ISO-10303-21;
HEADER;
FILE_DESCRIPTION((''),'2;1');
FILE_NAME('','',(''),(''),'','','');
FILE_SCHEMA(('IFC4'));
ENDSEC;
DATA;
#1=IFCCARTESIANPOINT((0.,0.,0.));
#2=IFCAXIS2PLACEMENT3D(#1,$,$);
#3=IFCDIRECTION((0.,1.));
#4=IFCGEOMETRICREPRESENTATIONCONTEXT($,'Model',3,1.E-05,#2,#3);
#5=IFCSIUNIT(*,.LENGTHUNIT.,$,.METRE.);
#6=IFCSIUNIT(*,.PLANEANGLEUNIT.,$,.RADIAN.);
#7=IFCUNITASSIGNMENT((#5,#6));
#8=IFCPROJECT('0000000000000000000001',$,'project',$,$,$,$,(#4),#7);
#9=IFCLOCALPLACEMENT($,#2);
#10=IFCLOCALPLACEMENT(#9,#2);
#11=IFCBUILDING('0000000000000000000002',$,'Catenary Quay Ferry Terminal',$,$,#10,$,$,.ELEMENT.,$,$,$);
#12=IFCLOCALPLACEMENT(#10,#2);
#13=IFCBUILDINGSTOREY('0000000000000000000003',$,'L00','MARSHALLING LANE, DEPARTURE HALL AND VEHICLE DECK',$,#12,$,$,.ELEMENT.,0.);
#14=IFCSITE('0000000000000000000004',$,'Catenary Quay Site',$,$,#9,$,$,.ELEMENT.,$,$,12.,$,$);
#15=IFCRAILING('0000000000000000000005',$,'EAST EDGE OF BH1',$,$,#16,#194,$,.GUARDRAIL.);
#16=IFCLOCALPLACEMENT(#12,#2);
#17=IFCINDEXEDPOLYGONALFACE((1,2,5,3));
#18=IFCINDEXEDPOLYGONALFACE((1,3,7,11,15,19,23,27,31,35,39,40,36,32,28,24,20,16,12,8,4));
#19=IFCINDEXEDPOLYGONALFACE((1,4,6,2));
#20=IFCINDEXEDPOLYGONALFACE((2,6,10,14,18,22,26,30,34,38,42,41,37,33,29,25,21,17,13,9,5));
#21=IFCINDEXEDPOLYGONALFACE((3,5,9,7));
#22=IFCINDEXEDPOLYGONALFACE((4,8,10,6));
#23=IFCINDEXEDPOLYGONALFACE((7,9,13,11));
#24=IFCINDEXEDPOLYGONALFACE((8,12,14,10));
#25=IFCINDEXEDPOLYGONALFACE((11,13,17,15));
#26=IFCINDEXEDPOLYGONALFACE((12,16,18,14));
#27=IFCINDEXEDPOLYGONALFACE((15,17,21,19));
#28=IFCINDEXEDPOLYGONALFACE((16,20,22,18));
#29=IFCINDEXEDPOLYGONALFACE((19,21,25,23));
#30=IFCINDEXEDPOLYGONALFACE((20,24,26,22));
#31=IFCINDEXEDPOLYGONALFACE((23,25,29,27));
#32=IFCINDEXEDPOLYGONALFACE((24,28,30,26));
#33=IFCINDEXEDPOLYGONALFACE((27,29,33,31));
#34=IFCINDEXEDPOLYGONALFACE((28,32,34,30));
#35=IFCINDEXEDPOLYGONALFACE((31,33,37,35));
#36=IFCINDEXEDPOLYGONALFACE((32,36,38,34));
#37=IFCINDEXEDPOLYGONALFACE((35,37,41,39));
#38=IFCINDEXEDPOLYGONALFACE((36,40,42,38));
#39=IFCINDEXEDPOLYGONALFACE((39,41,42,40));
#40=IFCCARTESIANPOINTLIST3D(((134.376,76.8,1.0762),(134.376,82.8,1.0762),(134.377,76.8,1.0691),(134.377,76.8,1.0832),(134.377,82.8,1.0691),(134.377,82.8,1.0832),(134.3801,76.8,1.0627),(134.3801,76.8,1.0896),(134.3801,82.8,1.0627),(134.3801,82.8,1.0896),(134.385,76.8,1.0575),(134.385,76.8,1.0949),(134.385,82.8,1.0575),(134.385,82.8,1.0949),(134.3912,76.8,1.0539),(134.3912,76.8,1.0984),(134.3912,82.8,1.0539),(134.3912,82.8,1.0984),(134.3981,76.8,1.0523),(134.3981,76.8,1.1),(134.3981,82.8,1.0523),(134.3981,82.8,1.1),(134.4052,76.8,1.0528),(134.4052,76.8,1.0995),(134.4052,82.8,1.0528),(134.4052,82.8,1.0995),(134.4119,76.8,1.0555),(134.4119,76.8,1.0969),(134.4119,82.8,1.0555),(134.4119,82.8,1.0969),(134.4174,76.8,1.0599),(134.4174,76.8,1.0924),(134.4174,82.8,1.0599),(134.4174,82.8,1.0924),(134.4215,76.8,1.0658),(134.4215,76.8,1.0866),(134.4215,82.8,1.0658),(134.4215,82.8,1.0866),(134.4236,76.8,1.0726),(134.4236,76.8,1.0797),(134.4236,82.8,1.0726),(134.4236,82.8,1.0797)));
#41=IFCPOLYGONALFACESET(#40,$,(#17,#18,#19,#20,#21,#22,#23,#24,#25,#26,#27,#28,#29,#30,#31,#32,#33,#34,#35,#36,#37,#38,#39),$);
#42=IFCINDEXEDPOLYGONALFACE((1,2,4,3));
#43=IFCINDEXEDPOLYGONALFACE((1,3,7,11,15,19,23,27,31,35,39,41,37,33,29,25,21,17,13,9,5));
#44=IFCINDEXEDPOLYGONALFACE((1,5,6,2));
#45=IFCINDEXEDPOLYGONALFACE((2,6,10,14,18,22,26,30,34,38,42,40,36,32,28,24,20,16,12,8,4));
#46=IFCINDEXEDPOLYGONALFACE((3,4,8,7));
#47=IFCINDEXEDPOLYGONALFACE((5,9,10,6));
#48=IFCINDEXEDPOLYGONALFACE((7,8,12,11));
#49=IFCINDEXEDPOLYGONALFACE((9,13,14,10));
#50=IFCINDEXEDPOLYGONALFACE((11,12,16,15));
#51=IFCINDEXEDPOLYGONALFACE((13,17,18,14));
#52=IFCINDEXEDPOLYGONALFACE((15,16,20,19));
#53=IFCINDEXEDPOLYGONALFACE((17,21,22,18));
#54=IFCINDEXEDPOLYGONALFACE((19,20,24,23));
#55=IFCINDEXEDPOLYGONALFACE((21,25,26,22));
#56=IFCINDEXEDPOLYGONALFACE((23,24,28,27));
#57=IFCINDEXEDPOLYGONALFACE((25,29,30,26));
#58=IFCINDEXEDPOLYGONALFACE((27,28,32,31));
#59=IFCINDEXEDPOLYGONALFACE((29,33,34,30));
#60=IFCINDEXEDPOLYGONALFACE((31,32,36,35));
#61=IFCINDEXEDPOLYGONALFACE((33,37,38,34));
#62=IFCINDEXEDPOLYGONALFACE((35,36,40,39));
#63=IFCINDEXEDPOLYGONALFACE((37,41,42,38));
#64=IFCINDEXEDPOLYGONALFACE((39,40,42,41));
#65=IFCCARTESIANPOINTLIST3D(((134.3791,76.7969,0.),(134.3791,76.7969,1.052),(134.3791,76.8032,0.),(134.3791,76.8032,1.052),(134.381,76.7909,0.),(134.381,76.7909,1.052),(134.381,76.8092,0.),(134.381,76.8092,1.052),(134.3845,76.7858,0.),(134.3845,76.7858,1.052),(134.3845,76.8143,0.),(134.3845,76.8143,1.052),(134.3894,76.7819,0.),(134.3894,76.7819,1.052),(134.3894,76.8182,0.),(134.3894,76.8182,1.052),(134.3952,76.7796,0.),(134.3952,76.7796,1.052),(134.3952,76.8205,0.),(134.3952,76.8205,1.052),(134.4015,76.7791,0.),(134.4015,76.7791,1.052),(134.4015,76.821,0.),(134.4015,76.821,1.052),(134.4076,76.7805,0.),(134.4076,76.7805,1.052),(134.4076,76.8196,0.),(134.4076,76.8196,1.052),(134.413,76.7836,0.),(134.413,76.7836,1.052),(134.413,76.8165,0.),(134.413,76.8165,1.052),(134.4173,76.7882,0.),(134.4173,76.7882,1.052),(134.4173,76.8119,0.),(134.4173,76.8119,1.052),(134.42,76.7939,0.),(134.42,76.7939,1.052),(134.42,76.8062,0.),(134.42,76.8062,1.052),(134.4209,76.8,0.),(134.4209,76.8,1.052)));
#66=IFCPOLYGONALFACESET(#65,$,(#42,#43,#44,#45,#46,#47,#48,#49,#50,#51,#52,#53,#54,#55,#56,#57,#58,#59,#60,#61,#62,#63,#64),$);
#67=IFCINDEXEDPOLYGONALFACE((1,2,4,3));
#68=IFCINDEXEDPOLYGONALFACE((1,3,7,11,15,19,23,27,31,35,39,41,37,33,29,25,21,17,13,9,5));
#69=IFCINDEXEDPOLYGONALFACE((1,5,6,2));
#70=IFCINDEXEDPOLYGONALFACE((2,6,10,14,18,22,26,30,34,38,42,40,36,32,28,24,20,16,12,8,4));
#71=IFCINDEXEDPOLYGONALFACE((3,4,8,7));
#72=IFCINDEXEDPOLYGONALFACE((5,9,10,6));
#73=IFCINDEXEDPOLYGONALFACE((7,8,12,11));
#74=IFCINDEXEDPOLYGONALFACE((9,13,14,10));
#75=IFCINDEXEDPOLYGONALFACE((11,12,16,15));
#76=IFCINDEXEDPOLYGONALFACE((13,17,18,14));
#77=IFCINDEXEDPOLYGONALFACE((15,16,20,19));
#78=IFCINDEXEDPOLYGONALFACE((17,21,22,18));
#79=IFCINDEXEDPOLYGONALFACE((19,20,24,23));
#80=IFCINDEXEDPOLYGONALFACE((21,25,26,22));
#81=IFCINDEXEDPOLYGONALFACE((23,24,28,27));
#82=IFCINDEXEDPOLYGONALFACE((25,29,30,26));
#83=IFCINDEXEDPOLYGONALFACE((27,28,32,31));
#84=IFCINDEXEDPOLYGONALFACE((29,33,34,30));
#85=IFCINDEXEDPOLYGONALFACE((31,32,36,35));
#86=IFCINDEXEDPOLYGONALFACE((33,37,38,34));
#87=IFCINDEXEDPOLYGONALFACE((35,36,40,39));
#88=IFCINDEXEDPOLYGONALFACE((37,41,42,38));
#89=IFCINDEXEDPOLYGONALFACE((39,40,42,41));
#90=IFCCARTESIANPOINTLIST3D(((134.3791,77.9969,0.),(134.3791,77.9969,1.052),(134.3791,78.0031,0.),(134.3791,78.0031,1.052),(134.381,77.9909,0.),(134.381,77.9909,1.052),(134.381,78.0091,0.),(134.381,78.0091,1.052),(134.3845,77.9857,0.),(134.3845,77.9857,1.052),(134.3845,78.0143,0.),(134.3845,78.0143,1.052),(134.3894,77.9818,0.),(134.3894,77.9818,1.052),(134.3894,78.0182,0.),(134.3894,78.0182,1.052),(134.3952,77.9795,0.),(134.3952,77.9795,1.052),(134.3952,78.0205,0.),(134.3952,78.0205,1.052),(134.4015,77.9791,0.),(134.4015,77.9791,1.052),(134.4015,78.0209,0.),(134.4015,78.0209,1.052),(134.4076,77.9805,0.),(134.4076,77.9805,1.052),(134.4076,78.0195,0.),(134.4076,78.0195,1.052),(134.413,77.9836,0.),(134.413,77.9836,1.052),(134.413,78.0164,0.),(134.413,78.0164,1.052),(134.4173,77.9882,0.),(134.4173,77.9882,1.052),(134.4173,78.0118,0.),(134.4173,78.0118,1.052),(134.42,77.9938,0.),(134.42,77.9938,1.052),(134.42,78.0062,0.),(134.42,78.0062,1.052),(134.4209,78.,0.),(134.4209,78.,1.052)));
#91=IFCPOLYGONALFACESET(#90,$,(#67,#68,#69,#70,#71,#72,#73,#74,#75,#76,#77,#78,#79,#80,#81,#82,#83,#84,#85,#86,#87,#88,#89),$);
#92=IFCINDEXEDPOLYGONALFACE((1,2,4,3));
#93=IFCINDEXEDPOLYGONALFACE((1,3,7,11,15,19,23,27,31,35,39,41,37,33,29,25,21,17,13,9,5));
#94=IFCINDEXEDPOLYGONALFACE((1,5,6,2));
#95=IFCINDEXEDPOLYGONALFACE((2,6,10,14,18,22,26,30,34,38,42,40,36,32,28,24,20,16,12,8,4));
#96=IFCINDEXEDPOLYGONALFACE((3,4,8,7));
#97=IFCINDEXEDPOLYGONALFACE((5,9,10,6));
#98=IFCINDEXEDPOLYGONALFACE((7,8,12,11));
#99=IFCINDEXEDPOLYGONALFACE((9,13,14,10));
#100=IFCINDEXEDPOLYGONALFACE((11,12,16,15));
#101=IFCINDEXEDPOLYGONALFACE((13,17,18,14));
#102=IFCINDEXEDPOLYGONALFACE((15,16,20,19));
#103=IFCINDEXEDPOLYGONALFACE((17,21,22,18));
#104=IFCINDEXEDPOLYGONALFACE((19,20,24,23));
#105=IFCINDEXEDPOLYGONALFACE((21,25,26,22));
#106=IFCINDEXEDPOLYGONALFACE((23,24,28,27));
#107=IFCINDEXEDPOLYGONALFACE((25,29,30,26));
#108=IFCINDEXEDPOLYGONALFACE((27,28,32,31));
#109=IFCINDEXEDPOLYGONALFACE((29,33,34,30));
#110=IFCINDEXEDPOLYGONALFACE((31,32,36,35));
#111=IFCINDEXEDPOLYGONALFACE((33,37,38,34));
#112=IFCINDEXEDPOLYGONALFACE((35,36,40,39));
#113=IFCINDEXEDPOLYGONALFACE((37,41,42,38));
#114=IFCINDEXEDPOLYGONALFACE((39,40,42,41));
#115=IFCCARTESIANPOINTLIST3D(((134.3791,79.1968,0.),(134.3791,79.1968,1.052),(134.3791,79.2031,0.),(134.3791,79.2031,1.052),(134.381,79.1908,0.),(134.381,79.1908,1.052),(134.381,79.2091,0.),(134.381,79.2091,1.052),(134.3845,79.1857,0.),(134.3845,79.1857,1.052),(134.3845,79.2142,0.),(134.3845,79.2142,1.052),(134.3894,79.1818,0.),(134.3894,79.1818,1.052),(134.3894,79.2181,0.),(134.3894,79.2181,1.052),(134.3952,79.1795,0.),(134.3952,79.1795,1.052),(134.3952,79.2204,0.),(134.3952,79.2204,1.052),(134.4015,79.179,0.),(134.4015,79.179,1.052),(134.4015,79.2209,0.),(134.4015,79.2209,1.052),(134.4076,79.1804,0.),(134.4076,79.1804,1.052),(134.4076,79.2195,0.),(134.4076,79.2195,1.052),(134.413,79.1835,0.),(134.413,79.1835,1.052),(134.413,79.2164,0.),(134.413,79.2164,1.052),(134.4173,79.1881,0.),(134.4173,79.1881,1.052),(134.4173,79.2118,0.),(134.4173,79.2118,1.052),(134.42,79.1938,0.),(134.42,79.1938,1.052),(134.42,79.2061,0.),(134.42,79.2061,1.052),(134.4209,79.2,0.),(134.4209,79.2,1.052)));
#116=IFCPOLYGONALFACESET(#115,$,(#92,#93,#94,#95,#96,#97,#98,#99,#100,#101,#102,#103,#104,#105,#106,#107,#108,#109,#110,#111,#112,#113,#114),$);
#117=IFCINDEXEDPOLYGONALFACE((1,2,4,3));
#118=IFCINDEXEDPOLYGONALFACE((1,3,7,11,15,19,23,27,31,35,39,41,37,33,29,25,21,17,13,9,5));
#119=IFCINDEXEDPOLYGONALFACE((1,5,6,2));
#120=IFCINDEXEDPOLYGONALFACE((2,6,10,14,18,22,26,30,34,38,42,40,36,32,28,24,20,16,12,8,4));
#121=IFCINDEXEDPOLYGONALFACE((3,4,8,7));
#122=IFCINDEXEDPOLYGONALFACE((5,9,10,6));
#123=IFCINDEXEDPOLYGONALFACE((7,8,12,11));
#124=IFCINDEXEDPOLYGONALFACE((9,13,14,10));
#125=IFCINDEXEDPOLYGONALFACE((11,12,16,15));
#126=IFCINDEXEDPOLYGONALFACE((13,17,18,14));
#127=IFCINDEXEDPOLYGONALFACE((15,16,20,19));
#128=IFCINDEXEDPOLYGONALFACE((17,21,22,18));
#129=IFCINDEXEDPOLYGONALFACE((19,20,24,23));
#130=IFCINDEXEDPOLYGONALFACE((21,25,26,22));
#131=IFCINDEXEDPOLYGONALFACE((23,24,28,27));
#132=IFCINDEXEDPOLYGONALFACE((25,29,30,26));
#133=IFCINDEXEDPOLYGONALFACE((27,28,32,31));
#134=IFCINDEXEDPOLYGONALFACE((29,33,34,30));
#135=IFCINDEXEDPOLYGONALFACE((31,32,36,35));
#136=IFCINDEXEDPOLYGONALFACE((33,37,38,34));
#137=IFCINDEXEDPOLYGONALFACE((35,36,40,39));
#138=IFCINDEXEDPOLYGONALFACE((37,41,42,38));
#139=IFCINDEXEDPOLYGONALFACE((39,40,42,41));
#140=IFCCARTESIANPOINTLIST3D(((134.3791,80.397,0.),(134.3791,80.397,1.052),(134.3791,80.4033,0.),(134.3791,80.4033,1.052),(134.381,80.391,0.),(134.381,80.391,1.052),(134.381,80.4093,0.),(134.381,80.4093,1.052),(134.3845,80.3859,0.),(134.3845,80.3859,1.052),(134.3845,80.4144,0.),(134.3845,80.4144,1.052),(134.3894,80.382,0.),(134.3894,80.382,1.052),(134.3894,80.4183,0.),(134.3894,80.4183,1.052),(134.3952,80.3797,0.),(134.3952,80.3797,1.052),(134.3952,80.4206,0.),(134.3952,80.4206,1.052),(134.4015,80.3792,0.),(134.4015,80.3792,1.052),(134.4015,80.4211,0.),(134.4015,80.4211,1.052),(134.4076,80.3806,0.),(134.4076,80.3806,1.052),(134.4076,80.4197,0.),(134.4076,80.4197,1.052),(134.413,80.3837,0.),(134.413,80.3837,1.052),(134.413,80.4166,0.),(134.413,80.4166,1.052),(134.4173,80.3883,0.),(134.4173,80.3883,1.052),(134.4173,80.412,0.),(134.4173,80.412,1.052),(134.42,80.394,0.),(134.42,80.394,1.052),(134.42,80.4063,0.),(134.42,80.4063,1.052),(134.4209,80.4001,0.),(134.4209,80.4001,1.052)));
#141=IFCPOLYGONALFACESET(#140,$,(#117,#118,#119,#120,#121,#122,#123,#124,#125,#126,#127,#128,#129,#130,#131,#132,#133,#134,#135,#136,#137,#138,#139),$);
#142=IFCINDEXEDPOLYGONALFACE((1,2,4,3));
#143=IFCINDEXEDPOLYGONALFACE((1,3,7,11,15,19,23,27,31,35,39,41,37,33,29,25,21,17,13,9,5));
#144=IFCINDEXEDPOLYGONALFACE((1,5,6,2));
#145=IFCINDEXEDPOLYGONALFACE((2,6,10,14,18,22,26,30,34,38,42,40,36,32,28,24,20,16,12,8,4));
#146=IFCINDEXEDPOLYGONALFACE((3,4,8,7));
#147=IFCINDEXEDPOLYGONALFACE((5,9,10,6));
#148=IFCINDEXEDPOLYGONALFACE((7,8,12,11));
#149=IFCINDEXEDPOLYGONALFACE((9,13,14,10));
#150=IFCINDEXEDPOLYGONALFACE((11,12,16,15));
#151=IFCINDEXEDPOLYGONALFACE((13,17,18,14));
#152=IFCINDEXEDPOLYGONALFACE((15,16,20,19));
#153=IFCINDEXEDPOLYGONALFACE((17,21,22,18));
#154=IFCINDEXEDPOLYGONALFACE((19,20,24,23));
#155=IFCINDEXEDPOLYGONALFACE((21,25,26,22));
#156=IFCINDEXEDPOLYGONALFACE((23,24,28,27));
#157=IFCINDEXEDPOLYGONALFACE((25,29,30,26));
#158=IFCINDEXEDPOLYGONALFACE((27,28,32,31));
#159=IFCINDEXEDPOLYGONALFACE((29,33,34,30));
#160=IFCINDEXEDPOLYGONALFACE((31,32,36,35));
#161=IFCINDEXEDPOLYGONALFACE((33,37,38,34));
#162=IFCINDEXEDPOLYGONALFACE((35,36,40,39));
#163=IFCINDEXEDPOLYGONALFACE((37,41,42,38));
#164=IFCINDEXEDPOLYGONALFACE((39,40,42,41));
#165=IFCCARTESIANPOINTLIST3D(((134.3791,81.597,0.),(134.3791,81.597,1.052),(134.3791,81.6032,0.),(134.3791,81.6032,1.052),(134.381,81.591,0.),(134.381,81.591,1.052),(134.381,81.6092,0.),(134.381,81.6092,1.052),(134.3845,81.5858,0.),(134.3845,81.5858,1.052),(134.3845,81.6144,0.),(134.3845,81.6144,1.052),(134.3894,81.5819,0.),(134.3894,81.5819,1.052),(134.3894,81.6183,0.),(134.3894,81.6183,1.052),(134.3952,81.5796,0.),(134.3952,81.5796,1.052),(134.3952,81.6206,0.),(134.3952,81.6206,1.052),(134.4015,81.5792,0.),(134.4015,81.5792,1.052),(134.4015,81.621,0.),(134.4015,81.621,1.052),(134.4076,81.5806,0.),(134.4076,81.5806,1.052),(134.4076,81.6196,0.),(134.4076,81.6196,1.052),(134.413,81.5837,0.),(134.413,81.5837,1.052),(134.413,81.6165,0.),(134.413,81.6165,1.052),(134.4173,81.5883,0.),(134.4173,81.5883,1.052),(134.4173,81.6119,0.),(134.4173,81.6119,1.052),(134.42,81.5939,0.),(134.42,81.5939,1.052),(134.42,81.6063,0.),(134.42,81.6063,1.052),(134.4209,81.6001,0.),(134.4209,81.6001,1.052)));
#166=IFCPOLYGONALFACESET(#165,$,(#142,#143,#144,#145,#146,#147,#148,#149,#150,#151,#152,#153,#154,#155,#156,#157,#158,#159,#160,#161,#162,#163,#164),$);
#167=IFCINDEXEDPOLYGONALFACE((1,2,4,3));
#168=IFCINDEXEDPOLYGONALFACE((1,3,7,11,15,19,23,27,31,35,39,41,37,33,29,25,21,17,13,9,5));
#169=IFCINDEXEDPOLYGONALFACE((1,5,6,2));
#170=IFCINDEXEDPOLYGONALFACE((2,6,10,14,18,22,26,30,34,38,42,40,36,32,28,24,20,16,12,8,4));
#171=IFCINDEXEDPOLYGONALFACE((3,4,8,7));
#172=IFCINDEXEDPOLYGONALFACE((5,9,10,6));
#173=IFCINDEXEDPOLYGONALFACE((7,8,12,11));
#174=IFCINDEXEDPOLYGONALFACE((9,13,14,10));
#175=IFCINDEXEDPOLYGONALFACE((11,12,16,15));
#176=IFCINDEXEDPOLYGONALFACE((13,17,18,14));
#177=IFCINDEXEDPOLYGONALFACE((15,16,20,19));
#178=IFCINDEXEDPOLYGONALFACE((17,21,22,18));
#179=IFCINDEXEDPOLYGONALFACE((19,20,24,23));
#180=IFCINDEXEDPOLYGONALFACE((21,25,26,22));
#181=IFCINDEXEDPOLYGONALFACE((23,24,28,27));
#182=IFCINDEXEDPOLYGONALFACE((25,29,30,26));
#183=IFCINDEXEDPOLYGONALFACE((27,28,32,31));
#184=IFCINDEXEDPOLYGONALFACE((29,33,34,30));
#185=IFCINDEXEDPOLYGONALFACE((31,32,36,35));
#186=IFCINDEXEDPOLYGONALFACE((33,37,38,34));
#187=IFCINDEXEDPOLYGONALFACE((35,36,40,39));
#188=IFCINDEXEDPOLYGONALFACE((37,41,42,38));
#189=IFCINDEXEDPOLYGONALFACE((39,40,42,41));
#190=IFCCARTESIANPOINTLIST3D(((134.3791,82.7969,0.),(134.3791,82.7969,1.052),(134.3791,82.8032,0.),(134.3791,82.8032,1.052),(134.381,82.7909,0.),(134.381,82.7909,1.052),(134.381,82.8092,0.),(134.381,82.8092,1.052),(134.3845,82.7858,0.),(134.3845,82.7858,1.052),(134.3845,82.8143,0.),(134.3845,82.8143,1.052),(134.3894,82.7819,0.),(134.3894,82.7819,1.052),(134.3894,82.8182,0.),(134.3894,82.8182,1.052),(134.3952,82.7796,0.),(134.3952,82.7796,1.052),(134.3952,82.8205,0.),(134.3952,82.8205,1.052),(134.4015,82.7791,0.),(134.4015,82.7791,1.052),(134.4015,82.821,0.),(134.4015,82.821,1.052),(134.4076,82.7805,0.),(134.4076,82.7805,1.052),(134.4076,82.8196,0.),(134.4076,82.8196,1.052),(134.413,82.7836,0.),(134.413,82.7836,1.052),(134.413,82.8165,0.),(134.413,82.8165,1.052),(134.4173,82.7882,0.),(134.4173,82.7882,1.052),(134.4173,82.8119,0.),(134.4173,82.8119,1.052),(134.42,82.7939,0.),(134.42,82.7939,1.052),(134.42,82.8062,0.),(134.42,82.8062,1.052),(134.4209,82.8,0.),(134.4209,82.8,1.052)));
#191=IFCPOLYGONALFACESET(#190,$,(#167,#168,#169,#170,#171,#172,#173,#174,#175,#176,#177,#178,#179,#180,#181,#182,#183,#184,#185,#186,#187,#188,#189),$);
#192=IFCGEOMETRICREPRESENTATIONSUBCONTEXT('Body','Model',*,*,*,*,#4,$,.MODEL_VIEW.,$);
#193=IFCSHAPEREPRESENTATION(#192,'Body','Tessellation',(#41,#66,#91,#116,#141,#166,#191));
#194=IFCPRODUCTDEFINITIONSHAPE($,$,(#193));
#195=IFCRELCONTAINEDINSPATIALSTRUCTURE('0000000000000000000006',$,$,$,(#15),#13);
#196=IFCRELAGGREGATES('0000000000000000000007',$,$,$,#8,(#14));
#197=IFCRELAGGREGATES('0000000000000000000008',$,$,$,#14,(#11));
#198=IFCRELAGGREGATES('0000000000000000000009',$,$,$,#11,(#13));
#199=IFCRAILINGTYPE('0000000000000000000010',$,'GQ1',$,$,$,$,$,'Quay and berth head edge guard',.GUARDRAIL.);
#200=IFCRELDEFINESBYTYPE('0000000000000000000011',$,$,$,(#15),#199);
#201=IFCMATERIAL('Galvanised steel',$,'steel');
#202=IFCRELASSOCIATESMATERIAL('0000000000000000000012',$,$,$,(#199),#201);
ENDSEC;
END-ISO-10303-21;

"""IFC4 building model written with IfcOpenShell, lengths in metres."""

from ifc_helpers import new_model, si_unit, direction, frame, origin, origin_2d, place, context, subcontext, project, spatial, circle, extrude, material, type_object, element, save


model = new_model("IFC4")

# Units and contexts
model_context = context("Model", 3, precision=1e-05, world=origin(), true_north=direction((0.0, 1.0)))
body_context = subcontext(model_context, "Body", "Model", "MODEL_VIEW")
ifc_project = project(units=[si_unit("LENGTHUNIT", "METRE"), si_unit("PLANEANGLEUNIT", "RADIAN")], contexts=[model_context])

# Site, building, storey
site_placement = place(None, origin())
site = spatial("IfcSite", under=ifc_project, at=site_placement, Name="Catenary Quay Site", CompositionType="ELEMENT", RefElevation=12.0)
building_placement = place(site_placement, origin())
building = spatial("IfcBuilding", under=site, at=building_placement, Name="Catenary Quay Ferry Terminal", CompositionType="ELEMENT")
storey_placement = place(building_placement, origin())
storey = spatial("IfcBuildingStorey", under=building, at=storey_placement, Name="L00", Description="MARSHALLING LANE, DEPARTURE HALL AND VEHICLE DECK", CompositionType="ELEMENT", Elevation=0.0)

# Railing
ifc_material_1 = material(Name="Galvanised steel", Category="steel")
railing_type = type_object("IfcRailingType", Name="GQ1", ElementType="Quay and berth head edge guard", PredefinedType="GUARDRAIL", material=ifc_material_1)
for number, where, name in (
    (1, (134.3999, 76.8, 0.0), "EAST EDGE OF BH1"),
):
    element("IfcRailing", number, at=place(storey_placement, frame(where)), inside=storey, type_object=railing_type, Name=name, PredefinedType="GUARDRAIL", context=body_context, shape_type="SweptSolid", body=[
        extrude(circle(Radius=0.0239, at=origin_2d()), frame((0.0, 0.0, 1.0762), z_axis=(0.0, 1.0, 0.0), x_axis=(-1.0, 0.0, 0.0)), (0.0, 0.0, 1.0), 6.0),
        extrude(circle(Radius=0.021, at=origin_2d()), origin(), (0.0, 0.0, 1.0), 1.052),
        extrude(circle(Radius=0.021, at=origin_2d()), frame((0.0, 1.2, 0.0)), (0.0, 0.0, 1.0), 1.052),
        extrude(circle(Radius=0.021, at=origin_2d()), frame((0.0, 2.3999, 0.0)), (0.0, 0.0, 1.0), 1.052),
        extrude(circle(Radius=0.021, at=origin_2d()), frame((0.0, 3.6001, 0.0)), (0.0, 0.0, 1.0), 1.052),
        extrude(circle(Radius=0.021, at=origin_2d()), frame((0.0, 4.8, 0.0)), (0.0, 0.0, 1.0), 1.052),
        extrude(circle(Radius=0.021, at=origin_2d()), frame((0.0, 6.0, 0.0)), (0.0, 0.0, 1.0), 1.052),
    ])

save(model, "model.ifc")
